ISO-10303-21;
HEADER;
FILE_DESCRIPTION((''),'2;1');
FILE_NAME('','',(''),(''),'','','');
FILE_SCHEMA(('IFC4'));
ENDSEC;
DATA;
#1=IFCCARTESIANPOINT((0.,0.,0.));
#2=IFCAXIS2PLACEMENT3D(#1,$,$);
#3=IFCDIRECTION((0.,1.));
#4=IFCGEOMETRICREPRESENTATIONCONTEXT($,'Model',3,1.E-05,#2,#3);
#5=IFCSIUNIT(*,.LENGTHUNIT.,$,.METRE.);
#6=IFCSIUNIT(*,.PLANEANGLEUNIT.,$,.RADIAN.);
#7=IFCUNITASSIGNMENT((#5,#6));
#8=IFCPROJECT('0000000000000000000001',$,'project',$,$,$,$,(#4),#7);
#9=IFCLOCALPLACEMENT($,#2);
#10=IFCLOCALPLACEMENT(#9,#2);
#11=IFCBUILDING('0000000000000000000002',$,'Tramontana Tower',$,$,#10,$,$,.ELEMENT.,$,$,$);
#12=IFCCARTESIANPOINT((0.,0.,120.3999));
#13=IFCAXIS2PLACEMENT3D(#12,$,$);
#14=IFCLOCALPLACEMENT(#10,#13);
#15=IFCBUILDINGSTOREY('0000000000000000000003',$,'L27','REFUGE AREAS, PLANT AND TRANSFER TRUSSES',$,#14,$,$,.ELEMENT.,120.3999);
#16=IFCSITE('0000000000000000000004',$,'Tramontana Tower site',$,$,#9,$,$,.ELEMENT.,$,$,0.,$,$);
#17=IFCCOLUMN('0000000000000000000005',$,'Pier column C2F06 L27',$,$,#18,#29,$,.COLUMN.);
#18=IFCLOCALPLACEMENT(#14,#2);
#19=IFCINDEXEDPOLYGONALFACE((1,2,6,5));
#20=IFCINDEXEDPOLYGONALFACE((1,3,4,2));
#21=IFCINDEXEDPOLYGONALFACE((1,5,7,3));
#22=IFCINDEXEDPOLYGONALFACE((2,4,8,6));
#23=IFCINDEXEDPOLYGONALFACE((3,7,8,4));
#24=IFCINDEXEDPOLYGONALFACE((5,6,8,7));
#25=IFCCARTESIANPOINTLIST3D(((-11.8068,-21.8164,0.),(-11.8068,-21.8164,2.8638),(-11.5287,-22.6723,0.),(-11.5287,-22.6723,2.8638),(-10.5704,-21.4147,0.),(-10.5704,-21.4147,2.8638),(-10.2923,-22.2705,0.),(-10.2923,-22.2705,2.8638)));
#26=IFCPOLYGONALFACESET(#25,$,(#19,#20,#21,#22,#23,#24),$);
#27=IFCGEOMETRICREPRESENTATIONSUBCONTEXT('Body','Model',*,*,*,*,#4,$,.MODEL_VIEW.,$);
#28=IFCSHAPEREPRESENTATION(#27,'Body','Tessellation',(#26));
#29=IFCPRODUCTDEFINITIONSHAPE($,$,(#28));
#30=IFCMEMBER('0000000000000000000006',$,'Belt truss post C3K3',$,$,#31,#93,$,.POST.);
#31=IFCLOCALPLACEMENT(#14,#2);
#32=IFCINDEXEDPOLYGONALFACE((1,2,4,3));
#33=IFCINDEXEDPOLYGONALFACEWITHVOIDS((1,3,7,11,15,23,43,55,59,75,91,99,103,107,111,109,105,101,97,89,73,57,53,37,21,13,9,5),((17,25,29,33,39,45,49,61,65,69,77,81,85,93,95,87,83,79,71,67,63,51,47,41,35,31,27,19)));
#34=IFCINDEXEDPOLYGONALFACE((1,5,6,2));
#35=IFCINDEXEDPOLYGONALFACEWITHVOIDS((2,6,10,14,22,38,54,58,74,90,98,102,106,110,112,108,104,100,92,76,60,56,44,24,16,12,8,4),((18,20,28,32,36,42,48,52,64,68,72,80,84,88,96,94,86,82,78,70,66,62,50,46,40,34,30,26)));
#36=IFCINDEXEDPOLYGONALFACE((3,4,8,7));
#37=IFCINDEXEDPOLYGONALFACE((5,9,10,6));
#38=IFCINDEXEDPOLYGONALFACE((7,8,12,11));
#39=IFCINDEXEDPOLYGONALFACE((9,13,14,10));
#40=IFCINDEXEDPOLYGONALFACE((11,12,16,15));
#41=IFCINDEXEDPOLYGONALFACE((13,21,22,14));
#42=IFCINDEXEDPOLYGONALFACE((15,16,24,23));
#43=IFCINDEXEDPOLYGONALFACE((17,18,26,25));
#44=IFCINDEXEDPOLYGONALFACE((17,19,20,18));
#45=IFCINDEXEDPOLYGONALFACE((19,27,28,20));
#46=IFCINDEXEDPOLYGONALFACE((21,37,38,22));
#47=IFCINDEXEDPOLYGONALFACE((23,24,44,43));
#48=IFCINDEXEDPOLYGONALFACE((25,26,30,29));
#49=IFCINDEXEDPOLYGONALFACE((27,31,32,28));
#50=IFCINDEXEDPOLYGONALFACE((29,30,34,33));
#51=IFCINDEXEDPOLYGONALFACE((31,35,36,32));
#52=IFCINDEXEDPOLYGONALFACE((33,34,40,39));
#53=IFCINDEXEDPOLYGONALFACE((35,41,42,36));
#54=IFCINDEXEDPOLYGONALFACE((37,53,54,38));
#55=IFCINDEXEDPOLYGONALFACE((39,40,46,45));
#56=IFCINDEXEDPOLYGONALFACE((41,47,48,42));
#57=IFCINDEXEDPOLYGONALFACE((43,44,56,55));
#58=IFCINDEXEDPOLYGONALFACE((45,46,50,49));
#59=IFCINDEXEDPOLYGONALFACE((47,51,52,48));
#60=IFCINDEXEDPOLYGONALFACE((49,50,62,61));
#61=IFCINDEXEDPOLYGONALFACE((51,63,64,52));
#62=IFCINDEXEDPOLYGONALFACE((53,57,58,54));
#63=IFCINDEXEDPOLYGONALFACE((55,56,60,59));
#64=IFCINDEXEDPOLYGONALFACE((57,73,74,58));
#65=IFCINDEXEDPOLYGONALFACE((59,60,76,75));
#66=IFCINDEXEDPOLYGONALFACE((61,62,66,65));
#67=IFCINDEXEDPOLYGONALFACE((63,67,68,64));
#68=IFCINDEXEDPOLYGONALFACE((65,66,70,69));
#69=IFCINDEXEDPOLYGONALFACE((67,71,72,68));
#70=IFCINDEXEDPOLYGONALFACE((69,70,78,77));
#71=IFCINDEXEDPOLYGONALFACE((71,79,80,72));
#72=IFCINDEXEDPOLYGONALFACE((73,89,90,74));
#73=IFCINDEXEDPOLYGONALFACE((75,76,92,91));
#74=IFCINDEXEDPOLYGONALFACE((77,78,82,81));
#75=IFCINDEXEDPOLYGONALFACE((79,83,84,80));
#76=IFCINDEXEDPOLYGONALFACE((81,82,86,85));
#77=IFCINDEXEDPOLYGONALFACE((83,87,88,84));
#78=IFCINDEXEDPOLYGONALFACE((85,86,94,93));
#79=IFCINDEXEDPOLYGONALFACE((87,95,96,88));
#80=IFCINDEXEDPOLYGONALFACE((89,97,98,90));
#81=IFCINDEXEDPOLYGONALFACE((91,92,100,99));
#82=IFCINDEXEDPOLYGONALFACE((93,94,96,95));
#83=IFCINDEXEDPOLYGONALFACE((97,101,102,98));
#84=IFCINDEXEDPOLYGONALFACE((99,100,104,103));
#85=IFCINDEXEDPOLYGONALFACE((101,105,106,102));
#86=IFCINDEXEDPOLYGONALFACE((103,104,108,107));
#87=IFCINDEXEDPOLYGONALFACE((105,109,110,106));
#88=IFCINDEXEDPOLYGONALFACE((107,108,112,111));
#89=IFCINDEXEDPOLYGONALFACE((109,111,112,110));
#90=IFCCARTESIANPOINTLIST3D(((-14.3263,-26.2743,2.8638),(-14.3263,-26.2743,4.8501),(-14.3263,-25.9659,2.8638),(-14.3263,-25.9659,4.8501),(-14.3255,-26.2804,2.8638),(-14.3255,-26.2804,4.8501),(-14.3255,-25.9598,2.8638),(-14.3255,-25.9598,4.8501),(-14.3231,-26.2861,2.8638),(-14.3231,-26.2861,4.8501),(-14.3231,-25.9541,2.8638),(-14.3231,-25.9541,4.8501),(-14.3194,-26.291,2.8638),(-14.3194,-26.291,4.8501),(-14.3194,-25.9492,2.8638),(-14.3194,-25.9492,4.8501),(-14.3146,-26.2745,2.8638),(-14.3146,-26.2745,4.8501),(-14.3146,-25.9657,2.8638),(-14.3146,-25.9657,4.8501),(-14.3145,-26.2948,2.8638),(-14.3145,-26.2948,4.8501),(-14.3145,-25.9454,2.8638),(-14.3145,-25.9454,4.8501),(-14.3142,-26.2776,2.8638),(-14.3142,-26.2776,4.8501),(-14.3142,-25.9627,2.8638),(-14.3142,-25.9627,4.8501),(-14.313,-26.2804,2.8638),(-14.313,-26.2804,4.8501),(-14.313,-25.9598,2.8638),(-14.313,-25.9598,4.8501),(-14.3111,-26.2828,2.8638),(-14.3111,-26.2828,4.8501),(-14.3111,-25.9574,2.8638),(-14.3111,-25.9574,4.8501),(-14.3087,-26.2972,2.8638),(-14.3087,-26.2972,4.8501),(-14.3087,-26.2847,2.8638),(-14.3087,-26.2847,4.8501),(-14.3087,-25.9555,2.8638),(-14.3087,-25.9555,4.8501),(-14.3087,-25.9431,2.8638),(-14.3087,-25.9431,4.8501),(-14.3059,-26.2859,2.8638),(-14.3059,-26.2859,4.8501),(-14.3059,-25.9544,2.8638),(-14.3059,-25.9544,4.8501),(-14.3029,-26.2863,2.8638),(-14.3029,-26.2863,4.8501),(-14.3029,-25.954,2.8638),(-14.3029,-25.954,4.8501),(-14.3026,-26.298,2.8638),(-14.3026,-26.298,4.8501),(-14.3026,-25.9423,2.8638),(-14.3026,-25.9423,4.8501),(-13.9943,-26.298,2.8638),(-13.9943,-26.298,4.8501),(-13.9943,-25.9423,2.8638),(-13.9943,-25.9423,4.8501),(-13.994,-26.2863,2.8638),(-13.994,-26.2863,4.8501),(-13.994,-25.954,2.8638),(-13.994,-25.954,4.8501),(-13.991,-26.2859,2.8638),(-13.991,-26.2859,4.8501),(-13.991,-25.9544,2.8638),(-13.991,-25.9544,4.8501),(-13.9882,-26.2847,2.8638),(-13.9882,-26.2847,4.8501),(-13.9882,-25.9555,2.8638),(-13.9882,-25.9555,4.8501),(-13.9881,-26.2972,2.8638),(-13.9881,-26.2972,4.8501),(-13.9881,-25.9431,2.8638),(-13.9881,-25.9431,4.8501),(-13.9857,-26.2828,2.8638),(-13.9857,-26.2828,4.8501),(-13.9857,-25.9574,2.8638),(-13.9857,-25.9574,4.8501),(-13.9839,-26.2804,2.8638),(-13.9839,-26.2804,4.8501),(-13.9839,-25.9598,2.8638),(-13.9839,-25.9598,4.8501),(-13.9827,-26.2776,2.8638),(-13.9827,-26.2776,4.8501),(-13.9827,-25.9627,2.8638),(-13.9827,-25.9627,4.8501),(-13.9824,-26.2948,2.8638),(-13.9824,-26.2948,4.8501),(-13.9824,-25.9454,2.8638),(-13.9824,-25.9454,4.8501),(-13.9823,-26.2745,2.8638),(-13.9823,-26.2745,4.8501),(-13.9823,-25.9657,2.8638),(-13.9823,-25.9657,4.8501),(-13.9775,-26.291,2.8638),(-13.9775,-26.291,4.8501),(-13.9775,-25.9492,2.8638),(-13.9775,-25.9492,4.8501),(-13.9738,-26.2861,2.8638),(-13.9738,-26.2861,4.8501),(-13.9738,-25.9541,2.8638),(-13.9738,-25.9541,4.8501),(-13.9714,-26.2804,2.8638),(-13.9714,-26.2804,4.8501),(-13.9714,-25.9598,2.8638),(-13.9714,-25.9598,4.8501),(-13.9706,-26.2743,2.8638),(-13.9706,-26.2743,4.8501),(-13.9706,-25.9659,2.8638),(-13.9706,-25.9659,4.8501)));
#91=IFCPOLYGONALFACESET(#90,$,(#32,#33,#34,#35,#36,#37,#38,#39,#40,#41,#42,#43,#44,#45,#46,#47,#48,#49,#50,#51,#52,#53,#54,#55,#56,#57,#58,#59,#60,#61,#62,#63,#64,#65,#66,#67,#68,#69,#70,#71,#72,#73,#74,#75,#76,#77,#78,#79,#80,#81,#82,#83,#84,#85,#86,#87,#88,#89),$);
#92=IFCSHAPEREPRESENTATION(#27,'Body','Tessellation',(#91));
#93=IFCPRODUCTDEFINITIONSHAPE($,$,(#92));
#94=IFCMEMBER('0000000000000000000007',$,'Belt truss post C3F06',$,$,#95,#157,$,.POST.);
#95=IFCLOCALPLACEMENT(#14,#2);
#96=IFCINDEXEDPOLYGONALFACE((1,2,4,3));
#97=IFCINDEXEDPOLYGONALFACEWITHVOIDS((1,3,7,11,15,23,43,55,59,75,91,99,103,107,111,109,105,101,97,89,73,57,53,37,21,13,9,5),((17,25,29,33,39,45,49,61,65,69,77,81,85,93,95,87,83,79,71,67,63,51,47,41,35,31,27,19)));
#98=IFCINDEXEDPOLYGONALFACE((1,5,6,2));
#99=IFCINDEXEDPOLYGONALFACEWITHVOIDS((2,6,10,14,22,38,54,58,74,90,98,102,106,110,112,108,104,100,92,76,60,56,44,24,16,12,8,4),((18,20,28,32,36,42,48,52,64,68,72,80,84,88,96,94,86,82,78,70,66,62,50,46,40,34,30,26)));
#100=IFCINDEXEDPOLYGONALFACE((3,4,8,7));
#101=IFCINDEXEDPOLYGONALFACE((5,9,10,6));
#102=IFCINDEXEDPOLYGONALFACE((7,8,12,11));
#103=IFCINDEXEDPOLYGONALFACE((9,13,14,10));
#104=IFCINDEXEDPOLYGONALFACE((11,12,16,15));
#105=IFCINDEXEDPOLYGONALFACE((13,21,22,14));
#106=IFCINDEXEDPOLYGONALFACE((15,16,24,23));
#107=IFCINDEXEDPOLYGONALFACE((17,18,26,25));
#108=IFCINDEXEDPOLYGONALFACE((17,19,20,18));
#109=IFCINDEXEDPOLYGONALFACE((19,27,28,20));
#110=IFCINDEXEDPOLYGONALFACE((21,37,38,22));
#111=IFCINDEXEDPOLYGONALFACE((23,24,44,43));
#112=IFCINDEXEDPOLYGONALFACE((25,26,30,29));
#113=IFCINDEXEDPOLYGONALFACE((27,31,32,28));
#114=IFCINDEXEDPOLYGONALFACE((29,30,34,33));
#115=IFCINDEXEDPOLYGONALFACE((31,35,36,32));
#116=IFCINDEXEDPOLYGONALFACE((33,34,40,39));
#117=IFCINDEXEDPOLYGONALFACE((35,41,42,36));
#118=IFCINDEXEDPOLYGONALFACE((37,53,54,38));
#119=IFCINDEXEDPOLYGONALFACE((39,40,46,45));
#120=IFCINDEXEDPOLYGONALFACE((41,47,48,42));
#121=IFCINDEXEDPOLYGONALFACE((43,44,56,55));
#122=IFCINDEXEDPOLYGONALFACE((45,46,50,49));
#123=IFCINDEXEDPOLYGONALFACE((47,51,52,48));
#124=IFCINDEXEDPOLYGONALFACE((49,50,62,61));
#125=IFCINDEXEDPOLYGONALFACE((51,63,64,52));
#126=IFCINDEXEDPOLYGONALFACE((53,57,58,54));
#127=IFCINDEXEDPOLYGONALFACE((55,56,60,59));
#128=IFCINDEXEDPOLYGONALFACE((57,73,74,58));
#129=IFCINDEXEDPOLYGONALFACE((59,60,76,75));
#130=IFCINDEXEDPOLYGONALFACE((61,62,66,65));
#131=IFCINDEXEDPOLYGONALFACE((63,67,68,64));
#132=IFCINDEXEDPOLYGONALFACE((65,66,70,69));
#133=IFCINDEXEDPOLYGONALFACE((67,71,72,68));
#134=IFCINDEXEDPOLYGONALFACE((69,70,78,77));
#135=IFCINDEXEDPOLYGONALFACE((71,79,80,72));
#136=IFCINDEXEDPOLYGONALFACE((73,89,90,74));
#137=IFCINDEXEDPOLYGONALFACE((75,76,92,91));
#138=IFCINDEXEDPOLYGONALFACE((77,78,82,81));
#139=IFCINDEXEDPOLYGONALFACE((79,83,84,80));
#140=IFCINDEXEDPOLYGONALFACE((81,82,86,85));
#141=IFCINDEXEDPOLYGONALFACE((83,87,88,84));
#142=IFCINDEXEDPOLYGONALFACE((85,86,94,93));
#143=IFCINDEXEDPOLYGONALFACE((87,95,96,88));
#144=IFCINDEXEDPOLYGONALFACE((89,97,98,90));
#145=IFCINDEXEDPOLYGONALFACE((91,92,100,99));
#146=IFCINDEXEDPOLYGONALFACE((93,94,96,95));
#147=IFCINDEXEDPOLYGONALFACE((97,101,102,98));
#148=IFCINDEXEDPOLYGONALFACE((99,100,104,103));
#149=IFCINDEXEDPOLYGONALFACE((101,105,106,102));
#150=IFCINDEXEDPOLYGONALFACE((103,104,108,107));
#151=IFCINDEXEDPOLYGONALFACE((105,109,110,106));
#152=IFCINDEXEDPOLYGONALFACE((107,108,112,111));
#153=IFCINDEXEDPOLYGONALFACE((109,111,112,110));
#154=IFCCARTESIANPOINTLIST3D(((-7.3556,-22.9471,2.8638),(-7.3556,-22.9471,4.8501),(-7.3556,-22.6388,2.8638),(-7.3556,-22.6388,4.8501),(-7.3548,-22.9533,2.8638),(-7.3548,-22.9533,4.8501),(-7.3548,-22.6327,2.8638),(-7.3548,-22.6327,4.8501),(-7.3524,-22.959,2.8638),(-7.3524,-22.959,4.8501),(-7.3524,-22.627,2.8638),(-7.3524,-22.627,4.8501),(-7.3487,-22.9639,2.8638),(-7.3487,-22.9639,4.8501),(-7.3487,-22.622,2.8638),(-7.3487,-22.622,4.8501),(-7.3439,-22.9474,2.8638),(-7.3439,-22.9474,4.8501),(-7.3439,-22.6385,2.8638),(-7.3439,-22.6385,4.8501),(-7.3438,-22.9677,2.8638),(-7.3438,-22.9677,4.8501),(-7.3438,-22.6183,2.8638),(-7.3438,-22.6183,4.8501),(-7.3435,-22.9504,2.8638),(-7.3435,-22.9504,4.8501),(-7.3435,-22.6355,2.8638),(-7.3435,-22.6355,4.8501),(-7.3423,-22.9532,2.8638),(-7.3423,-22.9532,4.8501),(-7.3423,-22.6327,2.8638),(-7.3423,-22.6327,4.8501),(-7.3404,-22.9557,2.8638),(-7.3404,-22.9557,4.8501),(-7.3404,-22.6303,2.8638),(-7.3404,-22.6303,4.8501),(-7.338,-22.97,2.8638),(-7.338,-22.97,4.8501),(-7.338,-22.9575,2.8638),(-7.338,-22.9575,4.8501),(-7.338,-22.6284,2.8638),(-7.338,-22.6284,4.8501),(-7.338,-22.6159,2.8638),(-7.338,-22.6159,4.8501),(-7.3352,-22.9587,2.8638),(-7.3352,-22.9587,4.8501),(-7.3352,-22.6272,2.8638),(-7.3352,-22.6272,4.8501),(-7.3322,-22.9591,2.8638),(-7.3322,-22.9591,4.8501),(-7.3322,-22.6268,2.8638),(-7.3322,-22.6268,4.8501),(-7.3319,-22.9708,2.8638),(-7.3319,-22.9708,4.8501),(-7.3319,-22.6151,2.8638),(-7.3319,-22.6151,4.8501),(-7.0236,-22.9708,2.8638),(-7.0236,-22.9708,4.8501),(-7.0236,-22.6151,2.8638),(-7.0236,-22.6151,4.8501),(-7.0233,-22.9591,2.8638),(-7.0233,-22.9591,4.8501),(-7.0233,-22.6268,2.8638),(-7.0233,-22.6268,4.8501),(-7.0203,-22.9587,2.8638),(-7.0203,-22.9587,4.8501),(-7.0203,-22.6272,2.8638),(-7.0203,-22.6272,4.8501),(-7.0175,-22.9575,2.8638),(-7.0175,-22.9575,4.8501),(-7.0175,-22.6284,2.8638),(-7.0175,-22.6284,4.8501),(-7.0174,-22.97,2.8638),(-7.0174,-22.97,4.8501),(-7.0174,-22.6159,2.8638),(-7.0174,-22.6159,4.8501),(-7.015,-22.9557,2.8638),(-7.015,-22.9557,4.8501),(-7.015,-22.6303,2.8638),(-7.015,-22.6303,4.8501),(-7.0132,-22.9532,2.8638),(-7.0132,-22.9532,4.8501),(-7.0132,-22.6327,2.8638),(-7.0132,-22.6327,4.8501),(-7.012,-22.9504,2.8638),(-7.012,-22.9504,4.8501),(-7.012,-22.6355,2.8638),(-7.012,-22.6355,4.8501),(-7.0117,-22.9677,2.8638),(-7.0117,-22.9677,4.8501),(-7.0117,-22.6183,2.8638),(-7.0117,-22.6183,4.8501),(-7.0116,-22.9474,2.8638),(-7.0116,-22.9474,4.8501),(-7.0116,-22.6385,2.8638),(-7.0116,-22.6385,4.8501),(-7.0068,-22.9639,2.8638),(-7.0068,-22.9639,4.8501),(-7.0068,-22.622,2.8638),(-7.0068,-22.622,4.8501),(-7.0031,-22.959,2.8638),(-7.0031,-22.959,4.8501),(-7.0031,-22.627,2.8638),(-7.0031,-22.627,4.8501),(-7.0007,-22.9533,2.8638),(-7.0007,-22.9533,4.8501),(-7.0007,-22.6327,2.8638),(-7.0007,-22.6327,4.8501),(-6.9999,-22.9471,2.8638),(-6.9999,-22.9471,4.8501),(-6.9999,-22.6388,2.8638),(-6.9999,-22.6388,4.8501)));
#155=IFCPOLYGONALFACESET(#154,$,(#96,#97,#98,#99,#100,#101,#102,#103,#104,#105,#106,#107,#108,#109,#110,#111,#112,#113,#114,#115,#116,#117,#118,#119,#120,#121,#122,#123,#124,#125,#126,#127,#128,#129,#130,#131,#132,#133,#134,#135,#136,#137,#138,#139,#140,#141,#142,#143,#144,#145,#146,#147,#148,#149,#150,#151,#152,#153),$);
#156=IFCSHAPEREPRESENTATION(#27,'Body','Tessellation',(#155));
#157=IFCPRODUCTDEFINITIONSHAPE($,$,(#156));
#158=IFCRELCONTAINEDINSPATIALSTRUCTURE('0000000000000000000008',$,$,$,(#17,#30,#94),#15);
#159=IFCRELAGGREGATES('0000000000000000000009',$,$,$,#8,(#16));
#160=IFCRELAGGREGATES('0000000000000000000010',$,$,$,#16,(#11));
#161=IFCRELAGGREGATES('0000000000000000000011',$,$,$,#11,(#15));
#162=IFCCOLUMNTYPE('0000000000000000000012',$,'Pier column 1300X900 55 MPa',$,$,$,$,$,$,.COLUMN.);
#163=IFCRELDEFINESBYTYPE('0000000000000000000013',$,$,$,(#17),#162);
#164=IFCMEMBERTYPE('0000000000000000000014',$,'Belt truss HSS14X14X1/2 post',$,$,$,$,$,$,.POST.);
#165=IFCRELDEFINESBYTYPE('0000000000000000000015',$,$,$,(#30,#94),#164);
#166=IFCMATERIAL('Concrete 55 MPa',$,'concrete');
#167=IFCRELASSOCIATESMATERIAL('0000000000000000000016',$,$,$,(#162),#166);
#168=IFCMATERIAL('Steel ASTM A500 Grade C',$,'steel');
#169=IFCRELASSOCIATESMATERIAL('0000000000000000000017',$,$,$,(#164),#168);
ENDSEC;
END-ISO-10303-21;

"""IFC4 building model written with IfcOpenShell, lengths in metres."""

from ifc_helpers import new_model, si_unit, direction, frame, origin, origin_2d, place, context, subcontext, project, spatial, rectangle, hollow_rectangle, extrude, material, material_profile, profile_set, type_object, element, save


model = new_model("IFC4")

# Units and contexts
model_context = context("Model", 3, precision=1e-05, world=origin(), true_north=direction((0.0, 1.0)))
body_context = subcontext(model_context, "Body", "Model", "MODEL_VIEW")
ifc_project = project(units=[si_unit("LENGTHUNIT", "METRE"), si_unit("PLANEANGLEUNIT", "RADIAN")], contexts=[model_context])

# Site, building, storey
site_placement = place(None, origin())
site = spatial("IfcSite", under=ifc_project, at=site_placement, Name="Tramontana Tower site", CompositionType="ELEMENT", RefElevation=0.0)
building_placement = place(site_placement, origin())
building = spatial("IfcBuilding", under=site, at=building_placement, Name="Tramontana Tower", CompositionType="ELEMENT")
storey_placement = place(building_placement, frame((0.0, 0.0, 120.3999)))
storey = spatial("IfcBuildingStorey", under=building, at=storey_placement, Name="L27", Description="REFUGE AREAS, PLANT AND TRANSFER TRUSSES", CompositionType="ELEMENT", Elevation=120.3999)

# Column
ifc_material_1 = material(Name="Concrete 55 MPa", Category="concrete")
ifc_material_profile_1 = material_profile(ifc_material_1, rectangle(XDim=1.3, YDim=0.8999, at=origin_2d()), Name="Pier column 1300X900 55 MPa")
ifc_profile_set_1 = profile_set([ifc_material_profile_1], Name="Concrete 55 MPa")
column_type = type_object("IfcColumnType", Name="Pier column 1300X900 55 MPa", PredefinedType="COLUMN", material=ifc_profile_set_1)
column_placement = place(storey_placement, frame((-11.0496, -22.0435, 0.0), z_axis=(0.0, 0.0, 1.0), x_axis=(0.951057, 0.309017, 0.0)))
element("IfcColumn", 1, at=column_placement, inside=storey, type_object=column_type, Name="Pier column C2F06 L27", PredefinedType="COLUMN", context=body_context, shape_type="SweptSolid", body=[
    extrude(rectangle(XDim=1.3, YDim=0.8999, at=origin_2d()), origin(), (0.0, 0.0, 1.0), 2.8638),
])

# Members
ifc_material_2 = material(Name="Steel ASTM A500 Grade C", Category="steel")
ifc_material_profile_2 = material_profile(ifc_material_2, hollow_rectangle(XDim=0.3557, YDim=0.3557, WallThickness=0.0117, InnerFilletRadius=0.0117, OuterFilletRadius=0.0237, at=origin_2d()), Name="HSS14X14X1/2")
ifc_profile_set_2 = profile_set([ifc_material_profile_2], Name="Steel ASTM A500 Grade C")
member_type_1 = type_object("IfcMemberType", Name="Belt truss HSS14X14X1/2 post", PredefinedType="POST", material=ifc_profile_set_2)
for number, where, z_axis, x_axis, name in (
    (2, (-14.1484, -26.1201, 2.8638), (0.0, 0.0, 1.0), (1.0, 0.0, 0.0), "Belt truss post C3K3"),
    (3, (-7.1777, -22.793, 2.8638), (0.0, 0.0, 1.0), (1.0, 0.0, 0.0), "Belt truss post C3F06"),
):
    element("IfcMember", number, at=place(storey_placement, frame(where, z_axis=z_axis, x_axis=x_axis)), inside=storey, type_object=member_type_1, Name=name, PredefinedType="POST", context=body_context, shape_type="SweptSolid", body=[
        extrude(hollow_rectangle(XDim=0.3557, YDim=0.3557, WallThickness=0.0117, InnerFilletRadius=0.0117, OuterFilletRadius=0.0237, at=origin_2d()), origin(), (0.0, 0.0, 1.0), 1.9863),
    ])

save(model, "model.ifc")
